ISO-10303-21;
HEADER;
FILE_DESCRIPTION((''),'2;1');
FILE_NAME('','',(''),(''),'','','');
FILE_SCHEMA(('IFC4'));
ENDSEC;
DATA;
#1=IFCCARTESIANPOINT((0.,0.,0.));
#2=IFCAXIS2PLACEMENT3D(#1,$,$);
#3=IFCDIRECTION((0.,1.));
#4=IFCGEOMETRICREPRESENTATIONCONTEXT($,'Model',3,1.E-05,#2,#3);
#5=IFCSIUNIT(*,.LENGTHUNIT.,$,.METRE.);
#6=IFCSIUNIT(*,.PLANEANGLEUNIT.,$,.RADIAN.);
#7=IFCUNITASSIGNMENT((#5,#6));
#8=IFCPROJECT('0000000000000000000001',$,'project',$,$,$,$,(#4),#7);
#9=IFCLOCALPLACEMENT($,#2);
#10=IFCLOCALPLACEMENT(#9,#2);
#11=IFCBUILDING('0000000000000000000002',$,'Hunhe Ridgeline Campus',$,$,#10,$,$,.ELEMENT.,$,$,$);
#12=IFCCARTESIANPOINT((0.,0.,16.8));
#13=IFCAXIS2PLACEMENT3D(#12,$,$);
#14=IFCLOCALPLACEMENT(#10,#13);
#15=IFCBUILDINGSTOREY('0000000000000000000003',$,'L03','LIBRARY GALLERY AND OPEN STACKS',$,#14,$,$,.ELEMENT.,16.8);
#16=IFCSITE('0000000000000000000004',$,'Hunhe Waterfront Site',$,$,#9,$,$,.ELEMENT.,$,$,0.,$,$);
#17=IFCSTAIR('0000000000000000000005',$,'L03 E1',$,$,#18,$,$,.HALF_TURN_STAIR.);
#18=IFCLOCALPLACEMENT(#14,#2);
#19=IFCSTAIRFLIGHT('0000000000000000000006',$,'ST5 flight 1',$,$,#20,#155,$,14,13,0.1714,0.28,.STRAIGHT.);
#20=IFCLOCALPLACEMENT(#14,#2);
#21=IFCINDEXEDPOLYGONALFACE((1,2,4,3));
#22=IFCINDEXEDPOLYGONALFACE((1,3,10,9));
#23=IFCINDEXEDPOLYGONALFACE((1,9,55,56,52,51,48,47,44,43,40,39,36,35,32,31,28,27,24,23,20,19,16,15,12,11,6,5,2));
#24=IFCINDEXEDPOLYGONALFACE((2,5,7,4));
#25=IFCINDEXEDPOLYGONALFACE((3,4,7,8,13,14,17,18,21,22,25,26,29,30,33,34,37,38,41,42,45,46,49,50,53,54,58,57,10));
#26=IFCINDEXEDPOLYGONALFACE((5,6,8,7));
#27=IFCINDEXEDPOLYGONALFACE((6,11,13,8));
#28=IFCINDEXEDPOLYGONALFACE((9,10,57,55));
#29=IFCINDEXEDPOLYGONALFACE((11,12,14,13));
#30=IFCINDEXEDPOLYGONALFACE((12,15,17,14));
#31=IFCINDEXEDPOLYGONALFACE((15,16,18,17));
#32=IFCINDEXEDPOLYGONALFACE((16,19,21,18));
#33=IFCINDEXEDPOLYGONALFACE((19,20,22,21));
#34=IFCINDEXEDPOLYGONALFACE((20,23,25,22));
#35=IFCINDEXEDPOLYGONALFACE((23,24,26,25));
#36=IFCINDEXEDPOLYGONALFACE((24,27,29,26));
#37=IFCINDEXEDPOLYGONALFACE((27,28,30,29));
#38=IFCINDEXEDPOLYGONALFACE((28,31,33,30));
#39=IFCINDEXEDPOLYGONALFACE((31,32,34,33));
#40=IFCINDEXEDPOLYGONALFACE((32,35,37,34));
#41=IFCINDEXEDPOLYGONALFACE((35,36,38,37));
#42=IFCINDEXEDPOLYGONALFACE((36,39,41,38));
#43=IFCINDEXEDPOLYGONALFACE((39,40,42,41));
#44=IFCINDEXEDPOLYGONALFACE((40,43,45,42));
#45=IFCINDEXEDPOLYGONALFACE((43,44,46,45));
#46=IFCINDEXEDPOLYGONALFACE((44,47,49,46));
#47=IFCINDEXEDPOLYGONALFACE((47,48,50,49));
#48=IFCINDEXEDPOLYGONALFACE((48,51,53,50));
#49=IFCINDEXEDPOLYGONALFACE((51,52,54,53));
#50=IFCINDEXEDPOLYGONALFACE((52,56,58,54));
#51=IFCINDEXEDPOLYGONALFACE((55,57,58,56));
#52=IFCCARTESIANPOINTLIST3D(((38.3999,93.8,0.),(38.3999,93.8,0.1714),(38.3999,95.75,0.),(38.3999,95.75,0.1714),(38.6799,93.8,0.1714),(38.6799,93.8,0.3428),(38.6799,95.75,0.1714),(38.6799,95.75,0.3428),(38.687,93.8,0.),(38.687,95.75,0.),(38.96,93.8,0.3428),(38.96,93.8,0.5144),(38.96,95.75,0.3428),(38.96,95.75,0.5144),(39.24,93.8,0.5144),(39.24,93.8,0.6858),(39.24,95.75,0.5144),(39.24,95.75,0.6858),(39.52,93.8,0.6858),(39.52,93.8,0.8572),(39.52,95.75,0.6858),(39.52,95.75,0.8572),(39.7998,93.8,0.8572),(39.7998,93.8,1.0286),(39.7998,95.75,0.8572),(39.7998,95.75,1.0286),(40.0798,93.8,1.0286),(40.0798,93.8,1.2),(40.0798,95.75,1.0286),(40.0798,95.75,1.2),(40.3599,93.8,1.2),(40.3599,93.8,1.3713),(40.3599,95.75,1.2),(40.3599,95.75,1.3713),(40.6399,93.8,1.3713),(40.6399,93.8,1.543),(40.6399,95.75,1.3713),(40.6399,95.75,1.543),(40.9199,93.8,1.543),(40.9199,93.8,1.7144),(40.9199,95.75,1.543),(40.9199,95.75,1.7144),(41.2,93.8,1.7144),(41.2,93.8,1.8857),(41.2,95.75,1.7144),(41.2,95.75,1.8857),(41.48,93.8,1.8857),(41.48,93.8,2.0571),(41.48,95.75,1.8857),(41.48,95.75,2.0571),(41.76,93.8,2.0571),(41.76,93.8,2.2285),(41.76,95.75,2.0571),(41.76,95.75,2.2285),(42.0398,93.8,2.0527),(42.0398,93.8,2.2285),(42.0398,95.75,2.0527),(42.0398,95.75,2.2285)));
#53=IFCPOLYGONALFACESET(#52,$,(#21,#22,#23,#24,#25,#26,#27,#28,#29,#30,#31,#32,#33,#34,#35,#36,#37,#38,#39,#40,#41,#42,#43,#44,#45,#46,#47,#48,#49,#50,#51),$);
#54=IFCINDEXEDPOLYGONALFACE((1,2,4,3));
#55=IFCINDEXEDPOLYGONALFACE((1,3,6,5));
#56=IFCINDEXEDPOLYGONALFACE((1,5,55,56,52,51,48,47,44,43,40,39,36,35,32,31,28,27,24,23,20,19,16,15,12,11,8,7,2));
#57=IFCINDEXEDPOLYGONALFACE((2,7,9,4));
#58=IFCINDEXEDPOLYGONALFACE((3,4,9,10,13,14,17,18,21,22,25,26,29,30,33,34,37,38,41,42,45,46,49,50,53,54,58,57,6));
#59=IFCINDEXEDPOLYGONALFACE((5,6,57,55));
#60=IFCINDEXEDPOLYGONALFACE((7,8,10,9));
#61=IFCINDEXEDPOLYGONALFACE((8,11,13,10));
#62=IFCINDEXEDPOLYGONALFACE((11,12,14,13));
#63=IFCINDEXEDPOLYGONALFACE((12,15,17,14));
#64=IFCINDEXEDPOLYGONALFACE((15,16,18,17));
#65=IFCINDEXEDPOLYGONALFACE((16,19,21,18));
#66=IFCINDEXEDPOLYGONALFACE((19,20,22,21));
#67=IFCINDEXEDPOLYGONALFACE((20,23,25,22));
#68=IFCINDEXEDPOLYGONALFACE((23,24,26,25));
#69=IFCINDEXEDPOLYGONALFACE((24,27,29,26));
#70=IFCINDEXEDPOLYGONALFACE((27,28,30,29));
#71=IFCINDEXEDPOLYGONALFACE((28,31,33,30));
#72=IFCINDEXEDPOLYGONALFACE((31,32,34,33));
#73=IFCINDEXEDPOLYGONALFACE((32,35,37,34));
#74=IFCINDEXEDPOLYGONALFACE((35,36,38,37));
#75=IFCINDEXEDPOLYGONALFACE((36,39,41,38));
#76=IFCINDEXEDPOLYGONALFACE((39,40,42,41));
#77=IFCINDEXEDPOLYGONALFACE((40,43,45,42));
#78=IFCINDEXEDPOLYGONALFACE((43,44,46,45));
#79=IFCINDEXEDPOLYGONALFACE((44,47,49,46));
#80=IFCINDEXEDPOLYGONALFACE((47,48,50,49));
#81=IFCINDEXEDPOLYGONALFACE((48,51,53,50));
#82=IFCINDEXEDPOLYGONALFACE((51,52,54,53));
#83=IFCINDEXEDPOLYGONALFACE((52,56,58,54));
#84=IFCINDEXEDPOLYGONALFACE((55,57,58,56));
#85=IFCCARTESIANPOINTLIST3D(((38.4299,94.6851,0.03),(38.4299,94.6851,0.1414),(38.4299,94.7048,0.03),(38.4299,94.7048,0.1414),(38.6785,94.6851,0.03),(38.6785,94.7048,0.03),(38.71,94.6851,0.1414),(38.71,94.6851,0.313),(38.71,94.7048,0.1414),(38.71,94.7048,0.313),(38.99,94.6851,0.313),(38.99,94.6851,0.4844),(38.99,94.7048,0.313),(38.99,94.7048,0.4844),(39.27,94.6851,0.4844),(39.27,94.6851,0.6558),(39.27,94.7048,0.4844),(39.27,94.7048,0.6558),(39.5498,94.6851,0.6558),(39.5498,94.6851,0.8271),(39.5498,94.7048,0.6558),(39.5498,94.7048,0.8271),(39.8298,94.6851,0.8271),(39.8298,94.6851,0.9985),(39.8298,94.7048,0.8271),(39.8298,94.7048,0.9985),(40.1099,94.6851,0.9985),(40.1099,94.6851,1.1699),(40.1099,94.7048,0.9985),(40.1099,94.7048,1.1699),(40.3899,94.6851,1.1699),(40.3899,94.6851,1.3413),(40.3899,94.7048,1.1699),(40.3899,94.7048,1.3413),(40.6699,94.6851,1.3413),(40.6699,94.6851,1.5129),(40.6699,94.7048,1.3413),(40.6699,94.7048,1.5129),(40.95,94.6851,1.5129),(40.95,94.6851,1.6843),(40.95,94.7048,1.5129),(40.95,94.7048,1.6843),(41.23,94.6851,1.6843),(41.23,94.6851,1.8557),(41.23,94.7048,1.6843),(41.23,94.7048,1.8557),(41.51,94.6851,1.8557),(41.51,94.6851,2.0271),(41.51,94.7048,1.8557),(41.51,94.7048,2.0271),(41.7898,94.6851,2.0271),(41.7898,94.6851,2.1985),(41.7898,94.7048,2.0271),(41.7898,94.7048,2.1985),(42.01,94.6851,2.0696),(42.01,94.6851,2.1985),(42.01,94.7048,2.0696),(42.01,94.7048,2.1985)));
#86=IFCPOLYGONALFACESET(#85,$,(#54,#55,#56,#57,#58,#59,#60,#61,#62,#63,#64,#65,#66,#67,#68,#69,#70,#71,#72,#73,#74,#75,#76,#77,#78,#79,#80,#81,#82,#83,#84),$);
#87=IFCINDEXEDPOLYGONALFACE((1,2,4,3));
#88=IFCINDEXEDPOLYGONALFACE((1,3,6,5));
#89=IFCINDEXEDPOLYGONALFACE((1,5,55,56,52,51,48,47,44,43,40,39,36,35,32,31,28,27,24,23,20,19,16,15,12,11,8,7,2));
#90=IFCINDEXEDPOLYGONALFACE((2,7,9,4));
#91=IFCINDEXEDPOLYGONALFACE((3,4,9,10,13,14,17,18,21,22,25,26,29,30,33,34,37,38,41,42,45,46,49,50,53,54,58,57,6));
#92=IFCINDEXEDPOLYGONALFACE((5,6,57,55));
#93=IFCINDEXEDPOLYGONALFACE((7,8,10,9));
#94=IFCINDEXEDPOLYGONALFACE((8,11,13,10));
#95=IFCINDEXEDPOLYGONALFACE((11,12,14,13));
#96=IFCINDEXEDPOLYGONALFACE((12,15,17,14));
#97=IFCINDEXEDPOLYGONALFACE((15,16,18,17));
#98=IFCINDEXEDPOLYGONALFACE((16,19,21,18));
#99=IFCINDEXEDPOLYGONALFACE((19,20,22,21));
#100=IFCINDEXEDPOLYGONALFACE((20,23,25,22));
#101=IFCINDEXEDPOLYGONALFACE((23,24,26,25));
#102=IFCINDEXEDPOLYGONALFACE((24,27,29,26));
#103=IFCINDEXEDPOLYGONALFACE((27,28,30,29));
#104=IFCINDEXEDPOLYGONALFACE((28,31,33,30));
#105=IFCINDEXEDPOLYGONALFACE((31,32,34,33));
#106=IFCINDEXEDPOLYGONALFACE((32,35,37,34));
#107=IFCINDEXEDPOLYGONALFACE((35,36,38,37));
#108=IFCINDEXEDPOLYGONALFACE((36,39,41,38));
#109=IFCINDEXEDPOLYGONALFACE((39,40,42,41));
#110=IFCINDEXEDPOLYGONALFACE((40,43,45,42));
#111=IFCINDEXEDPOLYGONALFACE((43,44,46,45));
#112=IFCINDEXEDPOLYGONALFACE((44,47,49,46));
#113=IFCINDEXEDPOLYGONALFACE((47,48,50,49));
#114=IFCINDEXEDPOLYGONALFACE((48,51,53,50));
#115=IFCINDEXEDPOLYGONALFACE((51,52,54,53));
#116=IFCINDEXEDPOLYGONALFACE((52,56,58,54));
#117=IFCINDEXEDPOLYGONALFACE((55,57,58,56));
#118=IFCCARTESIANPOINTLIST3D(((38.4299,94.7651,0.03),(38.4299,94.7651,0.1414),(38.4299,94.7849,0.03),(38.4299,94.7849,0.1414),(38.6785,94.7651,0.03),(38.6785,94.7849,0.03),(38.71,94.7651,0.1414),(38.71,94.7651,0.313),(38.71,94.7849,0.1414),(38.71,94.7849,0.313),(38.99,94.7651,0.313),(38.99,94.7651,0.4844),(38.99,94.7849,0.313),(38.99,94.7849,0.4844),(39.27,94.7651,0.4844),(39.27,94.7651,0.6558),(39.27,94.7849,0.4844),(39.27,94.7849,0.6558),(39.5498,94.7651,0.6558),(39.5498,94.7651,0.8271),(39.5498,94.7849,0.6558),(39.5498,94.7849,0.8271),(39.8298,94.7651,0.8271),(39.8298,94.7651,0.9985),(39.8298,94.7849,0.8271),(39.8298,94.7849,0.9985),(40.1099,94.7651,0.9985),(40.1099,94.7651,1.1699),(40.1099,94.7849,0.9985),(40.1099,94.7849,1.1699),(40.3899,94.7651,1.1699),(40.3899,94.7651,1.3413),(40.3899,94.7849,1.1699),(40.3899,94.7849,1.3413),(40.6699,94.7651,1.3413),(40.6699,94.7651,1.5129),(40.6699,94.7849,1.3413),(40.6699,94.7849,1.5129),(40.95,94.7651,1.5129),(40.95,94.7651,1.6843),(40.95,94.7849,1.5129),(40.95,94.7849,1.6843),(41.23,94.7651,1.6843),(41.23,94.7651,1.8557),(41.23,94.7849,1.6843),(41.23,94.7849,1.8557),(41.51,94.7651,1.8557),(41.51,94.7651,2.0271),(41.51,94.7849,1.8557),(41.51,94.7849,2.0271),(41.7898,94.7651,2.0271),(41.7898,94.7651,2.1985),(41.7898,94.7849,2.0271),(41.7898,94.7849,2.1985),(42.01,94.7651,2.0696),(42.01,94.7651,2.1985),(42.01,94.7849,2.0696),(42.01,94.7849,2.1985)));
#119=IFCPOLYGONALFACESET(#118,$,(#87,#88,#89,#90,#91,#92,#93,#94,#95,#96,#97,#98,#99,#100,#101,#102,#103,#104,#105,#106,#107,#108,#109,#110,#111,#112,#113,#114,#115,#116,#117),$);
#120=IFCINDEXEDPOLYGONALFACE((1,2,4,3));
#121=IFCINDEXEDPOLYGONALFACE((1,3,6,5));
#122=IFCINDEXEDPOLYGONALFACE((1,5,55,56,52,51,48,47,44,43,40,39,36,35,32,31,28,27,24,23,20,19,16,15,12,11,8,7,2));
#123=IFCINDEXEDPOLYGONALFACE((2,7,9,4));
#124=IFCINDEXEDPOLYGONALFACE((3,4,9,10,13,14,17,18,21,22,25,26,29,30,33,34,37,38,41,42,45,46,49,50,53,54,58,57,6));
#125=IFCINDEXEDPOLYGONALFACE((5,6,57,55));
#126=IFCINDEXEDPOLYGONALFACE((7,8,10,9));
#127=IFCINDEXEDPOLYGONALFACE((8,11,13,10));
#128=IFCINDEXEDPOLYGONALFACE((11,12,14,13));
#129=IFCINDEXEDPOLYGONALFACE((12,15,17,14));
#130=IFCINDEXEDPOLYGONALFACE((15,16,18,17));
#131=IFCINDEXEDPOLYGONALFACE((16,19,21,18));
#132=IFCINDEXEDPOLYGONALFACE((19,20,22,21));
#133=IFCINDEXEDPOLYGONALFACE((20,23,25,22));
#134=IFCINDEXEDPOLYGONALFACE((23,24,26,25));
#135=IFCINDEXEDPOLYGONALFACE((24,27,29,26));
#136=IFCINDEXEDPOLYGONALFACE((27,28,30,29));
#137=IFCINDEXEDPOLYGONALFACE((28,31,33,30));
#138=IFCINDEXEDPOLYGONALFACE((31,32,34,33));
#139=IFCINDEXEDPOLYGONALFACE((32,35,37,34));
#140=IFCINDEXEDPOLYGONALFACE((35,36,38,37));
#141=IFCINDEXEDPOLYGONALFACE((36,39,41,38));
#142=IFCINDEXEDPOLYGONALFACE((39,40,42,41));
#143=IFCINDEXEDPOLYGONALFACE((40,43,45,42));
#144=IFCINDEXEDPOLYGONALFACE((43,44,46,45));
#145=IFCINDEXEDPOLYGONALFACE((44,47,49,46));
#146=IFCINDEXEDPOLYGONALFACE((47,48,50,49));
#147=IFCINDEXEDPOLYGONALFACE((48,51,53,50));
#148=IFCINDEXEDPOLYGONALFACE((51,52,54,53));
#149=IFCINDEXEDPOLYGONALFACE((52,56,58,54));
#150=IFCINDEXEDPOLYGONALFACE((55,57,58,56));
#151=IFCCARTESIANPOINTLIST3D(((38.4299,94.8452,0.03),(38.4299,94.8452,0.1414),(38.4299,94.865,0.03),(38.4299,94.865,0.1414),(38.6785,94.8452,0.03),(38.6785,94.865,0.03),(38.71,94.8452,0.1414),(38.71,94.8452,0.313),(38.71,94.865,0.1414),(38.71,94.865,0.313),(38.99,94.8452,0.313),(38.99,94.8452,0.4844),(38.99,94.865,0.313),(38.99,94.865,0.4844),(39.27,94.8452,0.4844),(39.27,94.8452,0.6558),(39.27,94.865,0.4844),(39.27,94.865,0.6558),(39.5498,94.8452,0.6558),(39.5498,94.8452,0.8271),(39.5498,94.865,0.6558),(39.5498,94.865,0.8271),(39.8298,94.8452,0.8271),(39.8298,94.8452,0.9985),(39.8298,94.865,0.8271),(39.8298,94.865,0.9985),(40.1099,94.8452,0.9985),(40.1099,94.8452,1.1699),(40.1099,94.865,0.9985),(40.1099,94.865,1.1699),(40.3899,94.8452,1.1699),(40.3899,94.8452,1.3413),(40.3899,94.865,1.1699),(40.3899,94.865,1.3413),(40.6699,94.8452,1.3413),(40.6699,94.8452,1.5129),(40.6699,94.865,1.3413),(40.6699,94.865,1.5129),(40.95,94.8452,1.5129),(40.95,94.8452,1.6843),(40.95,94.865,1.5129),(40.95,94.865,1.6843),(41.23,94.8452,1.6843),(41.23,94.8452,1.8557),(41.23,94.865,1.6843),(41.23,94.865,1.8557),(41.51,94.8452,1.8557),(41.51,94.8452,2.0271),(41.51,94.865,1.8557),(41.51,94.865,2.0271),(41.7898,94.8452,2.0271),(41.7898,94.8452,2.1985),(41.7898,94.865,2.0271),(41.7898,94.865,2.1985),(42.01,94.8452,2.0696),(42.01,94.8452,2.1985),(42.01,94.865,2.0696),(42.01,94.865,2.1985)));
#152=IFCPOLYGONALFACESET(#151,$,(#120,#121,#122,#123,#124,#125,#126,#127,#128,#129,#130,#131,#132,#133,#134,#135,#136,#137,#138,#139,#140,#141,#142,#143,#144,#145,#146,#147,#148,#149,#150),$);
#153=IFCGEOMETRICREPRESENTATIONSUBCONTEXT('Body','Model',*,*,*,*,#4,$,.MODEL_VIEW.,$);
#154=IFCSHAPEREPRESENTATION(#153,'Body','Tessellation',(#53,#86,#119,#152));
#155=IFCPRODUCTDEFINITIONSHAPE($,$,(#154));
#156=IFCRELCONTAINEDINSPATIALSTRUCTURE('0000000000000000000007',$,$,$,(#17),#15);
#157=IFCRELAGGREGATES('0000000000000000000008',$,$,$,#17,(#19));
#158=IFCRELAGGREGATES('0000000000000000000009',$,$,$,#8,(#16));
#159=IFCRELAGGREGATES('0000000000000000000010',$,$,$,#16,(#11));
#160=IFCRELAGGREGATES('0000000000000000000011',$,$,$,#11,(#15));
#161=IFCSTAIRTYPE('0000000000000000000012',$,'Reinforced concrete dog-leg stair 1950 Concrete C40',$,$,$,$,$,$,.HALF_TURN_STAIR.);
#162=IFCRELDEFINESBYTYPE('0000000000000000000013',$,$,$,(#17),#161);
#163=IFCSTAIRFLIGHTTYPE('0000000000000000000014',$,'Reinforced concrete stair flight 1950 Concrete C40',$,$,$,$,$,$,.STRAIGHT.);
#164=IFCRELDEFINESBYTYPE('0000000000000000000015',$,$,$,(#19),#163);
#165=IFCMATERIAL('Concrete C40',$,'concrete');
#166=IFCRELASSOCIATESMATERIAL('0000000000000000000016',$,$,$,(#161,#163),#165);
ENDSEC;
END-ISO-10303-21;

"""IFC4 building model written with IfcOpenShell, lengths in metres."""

from ifc_helpers import new_model, si_unit, direction, frame, origin, place, context, subcontext, project, spatial, polyline, outline, extrude, material, type_object, element, aggregate, save


model = new_model("IFC4")

# Units and contexts
model_context = context("Model", 3, precision=1e-05, world=origin(), true_north=direction((0.0, 1.0)))
body_context = subcontext(model_context, "Body", "Model", "MODEL_VIEW")
ifc_project = project(units=[si_unit("LENGTHUNIT", "METRE"), si_unit("PLANEANGLEUNIT", "RADIAN")], contexts=[model_context])

# Site, building, storey
site_placement = place(None, origin())
site = spatial("IfcSite", under=ifc_project, at=site_placement, Name="Hunhe Waterfront Site", CompositionType="ELEMENT", RefElevation=0.0)
building_placement = place(site_placement, origin())
building = spatial("IfcBuilding", under=site, at=building_placement, Name="Hunhe Ridgeline Campus", CompositionType="ELEMENT")
storey_placement = place(building_placement, frame((0.0, 0.0, 16.8)))
storey = spatial("IfcBuildingStorey", under=building, at=storey_placement, Name="L03", Description="LIBRARY GALLERY AND OPEN STACKS", CompositionType="ELEMENT", Elevation=16.8)

# Stair, stair flight
ifc_material_1 = material(Name="Concrete C40", Category="concrete")
stair_type = type_object("IfcStairType", Name="Reinforced concrete dog-leg stair 1950 Concrete C40", PredefinedType="HALF_TURN_STAIR", material=ifc_material_1)
stair_placement = place(storey_placement, origin())
stair = element("IfcStair", 1, at=stair_placement, inside=storey, type_object=stair_type, Name="L03 E1", PredefinedType="HALF_TURN_STAIR")
stair_flight_type = type_object("IfcStairFlightType", Name="Reinforced concrete stair flight 1950 Concrete C40", PredefinedType="STRAIGHT", material=ifc_material_1)
stair_flight_1_placement = place(storey_placement, frame((38.3999, 94.7749, 0.0), z_axis=(0.0, 0.0, 1.0), x_axis=(1.0, 0.0, 0.0)))
stair_flight_1 = element("IfcStairFlight", 2, at=stair_flight_1_placement, type_object=stair_flight_type, Name="ST5 flight 1", NumberOfRisers=14, NumberOfTreads=13, PredefinedType="STRAIGHT", RiserHeight=0.1714, TreadLength=0.28, context=body_context, shape_type="SweptSolid", body=[
    extrude(outline(polyline([(0.0, 0.0), (0.0, 0.1714), (0.28, 0.1714), (0.28, 0.3428), (0.5601, 0.3428), (0.5601, 0.5144), (0.8401, 0.5144), (0.8401, 0.6858), (1.1201, 0.6858), (1.1201, 0.8572), (1.3999, 0.8572), (1.3999, 1.0286), (1.6799, 1.0286), (1.6799, 1.2), (1.96, 1.2), (1.96, 1.3713), (2.24, 1.3713), (2.24, 1.543), (2.52, 1.543), (2.52, 1.7144), (2.8, 1.7144), (2.8, 1.8857), (3.0801, 1.8857), (3.0801, 2.0571), (3.3601, 2.0571), (3.3601, 2.2285), (3.6399, 2.2285), (3.6399, 2.3999), (3.6399, 2.0527), (0.2871, 0.0), (0.0, 0.0)])), frame((0.0, 0.9751, 0.0), z_axis=(0.0, -1.0, 0.0), x_axis=(1.0, 0.0, 0.0)), (0.0, 0.0, 1.0), 1.95),
    extrude(outline(polyline([(0.03, 0.03), (0.03, 0.1414), (0.3101, 0.1414), (0.3101, 0.313), (0.5901, 0.313), (0.5901, 0.4844), (0.8701, 0.4844), (0.8701, 0.6558), (1.1499, 0.6558), (1.1499, 0.8271), (1.4299, 0.8271), (1.4299, 0.9985), (1.71, 0.9985), (1.71, 1.1699), (1.99, 1.1699), (1.99, 1.3413), (2.27, 1.3413), (2.27, 1.5129), (2.55, 1.5129), (2.55, 1.6843), (2.8301, 1.6843), (2.8301, 1.8557), (3.1101, 1.8557), (3.1101, 2.0271), (3.3899, 2.0271), (3.3899, 2.1985), (3.6101, 2.1985), (3.6101, 2.0696), (0.2786, 0.03), (0.03, 0.03)])), frame((0.0, -0.0701, 0.0), z_axis=(0.0, -1.0, 0.0), x_axis=(1.0, 0.0, 0.0)), (0.0, 0.0, 1.0), 0.0198),
    extrude(outline(polyline([(0.03, 0.03), (0.03, 0.1414), (0.3101, 0.1414), (0.3101, 0.313), (0.5901, 0.313), (0.5901, 0.4844), (0.8701, 0.4844), (0.8701, 0.6558), (1.1499, 0.6558), (1.1499, 0.8271), (1.4299, 0.8271), (1.4299, 0.9985), (1.71, 0.9985), (1.71, 1.1699), (1.99, 1.1699), (1.99, 1.3413), (2.27, 1.3413), (2.27, 1.5129), (2.55, 1.5129), (2.55, 1.6843), (2.8301, 1.6843), (2.8301, 1.8557), (3.1101, 1.8557), (3.1101, 2.0271), (3.3899, 2.0271), (3.3899, 2.1985), (3.6101, 2.1985), (3.6101, 2.0696), (0.2786, 0.03), (0.03, 0.03)])), frame((0.0, 0.01, 0.0), z_axis=(0.0, -1.0, 0.0), x_axis=(1.0, 0.0, 0.0)), (0.0, 0.0, 1.0), 0.0198),
    extrude(outline(polyline([(0.03, 0.03), (0.03, 0.1414), (0.3101, 0.1414), (0.3101, 0.313), (0.5901, 0.313), (0.5901, 0.4844), (0.8701, 0.4844), (0.8701, 0.6558), (1.1499, 0.6558), (1.1499, 0.8271), (1.4299, 0.8271), (1.4299, 0.9985), (1.71, 0.9985), (1.71, 1.1699), (1.99, 1.1699), (1.99, 1.3413), (2.27, 1.3413), (2.27, 1.5129), (2.55, 1.5129), (2.55, 1.6843), (2.8301, 1.6843), (2.8301, 1.8557), (3.1101, 1.8557), (3.1101, 2.0271), (3.3899, 2.0271), (3.3899, 2.1985), (3.6101, 2.1985), (3.6101, 2.0696), (0.2786, 0.03), (0.03, 0.03)])), frame((0.0, 0.0901, 0.0), z_axis=(0.0, -1.0, 0.0), x_axis=(1.0, 0.0, 0.0)), (0.0, 0.0, 1.0), 0.0198),
])
aggregate(stair, [stair_flight_1])

save(model, "model.ifc")
